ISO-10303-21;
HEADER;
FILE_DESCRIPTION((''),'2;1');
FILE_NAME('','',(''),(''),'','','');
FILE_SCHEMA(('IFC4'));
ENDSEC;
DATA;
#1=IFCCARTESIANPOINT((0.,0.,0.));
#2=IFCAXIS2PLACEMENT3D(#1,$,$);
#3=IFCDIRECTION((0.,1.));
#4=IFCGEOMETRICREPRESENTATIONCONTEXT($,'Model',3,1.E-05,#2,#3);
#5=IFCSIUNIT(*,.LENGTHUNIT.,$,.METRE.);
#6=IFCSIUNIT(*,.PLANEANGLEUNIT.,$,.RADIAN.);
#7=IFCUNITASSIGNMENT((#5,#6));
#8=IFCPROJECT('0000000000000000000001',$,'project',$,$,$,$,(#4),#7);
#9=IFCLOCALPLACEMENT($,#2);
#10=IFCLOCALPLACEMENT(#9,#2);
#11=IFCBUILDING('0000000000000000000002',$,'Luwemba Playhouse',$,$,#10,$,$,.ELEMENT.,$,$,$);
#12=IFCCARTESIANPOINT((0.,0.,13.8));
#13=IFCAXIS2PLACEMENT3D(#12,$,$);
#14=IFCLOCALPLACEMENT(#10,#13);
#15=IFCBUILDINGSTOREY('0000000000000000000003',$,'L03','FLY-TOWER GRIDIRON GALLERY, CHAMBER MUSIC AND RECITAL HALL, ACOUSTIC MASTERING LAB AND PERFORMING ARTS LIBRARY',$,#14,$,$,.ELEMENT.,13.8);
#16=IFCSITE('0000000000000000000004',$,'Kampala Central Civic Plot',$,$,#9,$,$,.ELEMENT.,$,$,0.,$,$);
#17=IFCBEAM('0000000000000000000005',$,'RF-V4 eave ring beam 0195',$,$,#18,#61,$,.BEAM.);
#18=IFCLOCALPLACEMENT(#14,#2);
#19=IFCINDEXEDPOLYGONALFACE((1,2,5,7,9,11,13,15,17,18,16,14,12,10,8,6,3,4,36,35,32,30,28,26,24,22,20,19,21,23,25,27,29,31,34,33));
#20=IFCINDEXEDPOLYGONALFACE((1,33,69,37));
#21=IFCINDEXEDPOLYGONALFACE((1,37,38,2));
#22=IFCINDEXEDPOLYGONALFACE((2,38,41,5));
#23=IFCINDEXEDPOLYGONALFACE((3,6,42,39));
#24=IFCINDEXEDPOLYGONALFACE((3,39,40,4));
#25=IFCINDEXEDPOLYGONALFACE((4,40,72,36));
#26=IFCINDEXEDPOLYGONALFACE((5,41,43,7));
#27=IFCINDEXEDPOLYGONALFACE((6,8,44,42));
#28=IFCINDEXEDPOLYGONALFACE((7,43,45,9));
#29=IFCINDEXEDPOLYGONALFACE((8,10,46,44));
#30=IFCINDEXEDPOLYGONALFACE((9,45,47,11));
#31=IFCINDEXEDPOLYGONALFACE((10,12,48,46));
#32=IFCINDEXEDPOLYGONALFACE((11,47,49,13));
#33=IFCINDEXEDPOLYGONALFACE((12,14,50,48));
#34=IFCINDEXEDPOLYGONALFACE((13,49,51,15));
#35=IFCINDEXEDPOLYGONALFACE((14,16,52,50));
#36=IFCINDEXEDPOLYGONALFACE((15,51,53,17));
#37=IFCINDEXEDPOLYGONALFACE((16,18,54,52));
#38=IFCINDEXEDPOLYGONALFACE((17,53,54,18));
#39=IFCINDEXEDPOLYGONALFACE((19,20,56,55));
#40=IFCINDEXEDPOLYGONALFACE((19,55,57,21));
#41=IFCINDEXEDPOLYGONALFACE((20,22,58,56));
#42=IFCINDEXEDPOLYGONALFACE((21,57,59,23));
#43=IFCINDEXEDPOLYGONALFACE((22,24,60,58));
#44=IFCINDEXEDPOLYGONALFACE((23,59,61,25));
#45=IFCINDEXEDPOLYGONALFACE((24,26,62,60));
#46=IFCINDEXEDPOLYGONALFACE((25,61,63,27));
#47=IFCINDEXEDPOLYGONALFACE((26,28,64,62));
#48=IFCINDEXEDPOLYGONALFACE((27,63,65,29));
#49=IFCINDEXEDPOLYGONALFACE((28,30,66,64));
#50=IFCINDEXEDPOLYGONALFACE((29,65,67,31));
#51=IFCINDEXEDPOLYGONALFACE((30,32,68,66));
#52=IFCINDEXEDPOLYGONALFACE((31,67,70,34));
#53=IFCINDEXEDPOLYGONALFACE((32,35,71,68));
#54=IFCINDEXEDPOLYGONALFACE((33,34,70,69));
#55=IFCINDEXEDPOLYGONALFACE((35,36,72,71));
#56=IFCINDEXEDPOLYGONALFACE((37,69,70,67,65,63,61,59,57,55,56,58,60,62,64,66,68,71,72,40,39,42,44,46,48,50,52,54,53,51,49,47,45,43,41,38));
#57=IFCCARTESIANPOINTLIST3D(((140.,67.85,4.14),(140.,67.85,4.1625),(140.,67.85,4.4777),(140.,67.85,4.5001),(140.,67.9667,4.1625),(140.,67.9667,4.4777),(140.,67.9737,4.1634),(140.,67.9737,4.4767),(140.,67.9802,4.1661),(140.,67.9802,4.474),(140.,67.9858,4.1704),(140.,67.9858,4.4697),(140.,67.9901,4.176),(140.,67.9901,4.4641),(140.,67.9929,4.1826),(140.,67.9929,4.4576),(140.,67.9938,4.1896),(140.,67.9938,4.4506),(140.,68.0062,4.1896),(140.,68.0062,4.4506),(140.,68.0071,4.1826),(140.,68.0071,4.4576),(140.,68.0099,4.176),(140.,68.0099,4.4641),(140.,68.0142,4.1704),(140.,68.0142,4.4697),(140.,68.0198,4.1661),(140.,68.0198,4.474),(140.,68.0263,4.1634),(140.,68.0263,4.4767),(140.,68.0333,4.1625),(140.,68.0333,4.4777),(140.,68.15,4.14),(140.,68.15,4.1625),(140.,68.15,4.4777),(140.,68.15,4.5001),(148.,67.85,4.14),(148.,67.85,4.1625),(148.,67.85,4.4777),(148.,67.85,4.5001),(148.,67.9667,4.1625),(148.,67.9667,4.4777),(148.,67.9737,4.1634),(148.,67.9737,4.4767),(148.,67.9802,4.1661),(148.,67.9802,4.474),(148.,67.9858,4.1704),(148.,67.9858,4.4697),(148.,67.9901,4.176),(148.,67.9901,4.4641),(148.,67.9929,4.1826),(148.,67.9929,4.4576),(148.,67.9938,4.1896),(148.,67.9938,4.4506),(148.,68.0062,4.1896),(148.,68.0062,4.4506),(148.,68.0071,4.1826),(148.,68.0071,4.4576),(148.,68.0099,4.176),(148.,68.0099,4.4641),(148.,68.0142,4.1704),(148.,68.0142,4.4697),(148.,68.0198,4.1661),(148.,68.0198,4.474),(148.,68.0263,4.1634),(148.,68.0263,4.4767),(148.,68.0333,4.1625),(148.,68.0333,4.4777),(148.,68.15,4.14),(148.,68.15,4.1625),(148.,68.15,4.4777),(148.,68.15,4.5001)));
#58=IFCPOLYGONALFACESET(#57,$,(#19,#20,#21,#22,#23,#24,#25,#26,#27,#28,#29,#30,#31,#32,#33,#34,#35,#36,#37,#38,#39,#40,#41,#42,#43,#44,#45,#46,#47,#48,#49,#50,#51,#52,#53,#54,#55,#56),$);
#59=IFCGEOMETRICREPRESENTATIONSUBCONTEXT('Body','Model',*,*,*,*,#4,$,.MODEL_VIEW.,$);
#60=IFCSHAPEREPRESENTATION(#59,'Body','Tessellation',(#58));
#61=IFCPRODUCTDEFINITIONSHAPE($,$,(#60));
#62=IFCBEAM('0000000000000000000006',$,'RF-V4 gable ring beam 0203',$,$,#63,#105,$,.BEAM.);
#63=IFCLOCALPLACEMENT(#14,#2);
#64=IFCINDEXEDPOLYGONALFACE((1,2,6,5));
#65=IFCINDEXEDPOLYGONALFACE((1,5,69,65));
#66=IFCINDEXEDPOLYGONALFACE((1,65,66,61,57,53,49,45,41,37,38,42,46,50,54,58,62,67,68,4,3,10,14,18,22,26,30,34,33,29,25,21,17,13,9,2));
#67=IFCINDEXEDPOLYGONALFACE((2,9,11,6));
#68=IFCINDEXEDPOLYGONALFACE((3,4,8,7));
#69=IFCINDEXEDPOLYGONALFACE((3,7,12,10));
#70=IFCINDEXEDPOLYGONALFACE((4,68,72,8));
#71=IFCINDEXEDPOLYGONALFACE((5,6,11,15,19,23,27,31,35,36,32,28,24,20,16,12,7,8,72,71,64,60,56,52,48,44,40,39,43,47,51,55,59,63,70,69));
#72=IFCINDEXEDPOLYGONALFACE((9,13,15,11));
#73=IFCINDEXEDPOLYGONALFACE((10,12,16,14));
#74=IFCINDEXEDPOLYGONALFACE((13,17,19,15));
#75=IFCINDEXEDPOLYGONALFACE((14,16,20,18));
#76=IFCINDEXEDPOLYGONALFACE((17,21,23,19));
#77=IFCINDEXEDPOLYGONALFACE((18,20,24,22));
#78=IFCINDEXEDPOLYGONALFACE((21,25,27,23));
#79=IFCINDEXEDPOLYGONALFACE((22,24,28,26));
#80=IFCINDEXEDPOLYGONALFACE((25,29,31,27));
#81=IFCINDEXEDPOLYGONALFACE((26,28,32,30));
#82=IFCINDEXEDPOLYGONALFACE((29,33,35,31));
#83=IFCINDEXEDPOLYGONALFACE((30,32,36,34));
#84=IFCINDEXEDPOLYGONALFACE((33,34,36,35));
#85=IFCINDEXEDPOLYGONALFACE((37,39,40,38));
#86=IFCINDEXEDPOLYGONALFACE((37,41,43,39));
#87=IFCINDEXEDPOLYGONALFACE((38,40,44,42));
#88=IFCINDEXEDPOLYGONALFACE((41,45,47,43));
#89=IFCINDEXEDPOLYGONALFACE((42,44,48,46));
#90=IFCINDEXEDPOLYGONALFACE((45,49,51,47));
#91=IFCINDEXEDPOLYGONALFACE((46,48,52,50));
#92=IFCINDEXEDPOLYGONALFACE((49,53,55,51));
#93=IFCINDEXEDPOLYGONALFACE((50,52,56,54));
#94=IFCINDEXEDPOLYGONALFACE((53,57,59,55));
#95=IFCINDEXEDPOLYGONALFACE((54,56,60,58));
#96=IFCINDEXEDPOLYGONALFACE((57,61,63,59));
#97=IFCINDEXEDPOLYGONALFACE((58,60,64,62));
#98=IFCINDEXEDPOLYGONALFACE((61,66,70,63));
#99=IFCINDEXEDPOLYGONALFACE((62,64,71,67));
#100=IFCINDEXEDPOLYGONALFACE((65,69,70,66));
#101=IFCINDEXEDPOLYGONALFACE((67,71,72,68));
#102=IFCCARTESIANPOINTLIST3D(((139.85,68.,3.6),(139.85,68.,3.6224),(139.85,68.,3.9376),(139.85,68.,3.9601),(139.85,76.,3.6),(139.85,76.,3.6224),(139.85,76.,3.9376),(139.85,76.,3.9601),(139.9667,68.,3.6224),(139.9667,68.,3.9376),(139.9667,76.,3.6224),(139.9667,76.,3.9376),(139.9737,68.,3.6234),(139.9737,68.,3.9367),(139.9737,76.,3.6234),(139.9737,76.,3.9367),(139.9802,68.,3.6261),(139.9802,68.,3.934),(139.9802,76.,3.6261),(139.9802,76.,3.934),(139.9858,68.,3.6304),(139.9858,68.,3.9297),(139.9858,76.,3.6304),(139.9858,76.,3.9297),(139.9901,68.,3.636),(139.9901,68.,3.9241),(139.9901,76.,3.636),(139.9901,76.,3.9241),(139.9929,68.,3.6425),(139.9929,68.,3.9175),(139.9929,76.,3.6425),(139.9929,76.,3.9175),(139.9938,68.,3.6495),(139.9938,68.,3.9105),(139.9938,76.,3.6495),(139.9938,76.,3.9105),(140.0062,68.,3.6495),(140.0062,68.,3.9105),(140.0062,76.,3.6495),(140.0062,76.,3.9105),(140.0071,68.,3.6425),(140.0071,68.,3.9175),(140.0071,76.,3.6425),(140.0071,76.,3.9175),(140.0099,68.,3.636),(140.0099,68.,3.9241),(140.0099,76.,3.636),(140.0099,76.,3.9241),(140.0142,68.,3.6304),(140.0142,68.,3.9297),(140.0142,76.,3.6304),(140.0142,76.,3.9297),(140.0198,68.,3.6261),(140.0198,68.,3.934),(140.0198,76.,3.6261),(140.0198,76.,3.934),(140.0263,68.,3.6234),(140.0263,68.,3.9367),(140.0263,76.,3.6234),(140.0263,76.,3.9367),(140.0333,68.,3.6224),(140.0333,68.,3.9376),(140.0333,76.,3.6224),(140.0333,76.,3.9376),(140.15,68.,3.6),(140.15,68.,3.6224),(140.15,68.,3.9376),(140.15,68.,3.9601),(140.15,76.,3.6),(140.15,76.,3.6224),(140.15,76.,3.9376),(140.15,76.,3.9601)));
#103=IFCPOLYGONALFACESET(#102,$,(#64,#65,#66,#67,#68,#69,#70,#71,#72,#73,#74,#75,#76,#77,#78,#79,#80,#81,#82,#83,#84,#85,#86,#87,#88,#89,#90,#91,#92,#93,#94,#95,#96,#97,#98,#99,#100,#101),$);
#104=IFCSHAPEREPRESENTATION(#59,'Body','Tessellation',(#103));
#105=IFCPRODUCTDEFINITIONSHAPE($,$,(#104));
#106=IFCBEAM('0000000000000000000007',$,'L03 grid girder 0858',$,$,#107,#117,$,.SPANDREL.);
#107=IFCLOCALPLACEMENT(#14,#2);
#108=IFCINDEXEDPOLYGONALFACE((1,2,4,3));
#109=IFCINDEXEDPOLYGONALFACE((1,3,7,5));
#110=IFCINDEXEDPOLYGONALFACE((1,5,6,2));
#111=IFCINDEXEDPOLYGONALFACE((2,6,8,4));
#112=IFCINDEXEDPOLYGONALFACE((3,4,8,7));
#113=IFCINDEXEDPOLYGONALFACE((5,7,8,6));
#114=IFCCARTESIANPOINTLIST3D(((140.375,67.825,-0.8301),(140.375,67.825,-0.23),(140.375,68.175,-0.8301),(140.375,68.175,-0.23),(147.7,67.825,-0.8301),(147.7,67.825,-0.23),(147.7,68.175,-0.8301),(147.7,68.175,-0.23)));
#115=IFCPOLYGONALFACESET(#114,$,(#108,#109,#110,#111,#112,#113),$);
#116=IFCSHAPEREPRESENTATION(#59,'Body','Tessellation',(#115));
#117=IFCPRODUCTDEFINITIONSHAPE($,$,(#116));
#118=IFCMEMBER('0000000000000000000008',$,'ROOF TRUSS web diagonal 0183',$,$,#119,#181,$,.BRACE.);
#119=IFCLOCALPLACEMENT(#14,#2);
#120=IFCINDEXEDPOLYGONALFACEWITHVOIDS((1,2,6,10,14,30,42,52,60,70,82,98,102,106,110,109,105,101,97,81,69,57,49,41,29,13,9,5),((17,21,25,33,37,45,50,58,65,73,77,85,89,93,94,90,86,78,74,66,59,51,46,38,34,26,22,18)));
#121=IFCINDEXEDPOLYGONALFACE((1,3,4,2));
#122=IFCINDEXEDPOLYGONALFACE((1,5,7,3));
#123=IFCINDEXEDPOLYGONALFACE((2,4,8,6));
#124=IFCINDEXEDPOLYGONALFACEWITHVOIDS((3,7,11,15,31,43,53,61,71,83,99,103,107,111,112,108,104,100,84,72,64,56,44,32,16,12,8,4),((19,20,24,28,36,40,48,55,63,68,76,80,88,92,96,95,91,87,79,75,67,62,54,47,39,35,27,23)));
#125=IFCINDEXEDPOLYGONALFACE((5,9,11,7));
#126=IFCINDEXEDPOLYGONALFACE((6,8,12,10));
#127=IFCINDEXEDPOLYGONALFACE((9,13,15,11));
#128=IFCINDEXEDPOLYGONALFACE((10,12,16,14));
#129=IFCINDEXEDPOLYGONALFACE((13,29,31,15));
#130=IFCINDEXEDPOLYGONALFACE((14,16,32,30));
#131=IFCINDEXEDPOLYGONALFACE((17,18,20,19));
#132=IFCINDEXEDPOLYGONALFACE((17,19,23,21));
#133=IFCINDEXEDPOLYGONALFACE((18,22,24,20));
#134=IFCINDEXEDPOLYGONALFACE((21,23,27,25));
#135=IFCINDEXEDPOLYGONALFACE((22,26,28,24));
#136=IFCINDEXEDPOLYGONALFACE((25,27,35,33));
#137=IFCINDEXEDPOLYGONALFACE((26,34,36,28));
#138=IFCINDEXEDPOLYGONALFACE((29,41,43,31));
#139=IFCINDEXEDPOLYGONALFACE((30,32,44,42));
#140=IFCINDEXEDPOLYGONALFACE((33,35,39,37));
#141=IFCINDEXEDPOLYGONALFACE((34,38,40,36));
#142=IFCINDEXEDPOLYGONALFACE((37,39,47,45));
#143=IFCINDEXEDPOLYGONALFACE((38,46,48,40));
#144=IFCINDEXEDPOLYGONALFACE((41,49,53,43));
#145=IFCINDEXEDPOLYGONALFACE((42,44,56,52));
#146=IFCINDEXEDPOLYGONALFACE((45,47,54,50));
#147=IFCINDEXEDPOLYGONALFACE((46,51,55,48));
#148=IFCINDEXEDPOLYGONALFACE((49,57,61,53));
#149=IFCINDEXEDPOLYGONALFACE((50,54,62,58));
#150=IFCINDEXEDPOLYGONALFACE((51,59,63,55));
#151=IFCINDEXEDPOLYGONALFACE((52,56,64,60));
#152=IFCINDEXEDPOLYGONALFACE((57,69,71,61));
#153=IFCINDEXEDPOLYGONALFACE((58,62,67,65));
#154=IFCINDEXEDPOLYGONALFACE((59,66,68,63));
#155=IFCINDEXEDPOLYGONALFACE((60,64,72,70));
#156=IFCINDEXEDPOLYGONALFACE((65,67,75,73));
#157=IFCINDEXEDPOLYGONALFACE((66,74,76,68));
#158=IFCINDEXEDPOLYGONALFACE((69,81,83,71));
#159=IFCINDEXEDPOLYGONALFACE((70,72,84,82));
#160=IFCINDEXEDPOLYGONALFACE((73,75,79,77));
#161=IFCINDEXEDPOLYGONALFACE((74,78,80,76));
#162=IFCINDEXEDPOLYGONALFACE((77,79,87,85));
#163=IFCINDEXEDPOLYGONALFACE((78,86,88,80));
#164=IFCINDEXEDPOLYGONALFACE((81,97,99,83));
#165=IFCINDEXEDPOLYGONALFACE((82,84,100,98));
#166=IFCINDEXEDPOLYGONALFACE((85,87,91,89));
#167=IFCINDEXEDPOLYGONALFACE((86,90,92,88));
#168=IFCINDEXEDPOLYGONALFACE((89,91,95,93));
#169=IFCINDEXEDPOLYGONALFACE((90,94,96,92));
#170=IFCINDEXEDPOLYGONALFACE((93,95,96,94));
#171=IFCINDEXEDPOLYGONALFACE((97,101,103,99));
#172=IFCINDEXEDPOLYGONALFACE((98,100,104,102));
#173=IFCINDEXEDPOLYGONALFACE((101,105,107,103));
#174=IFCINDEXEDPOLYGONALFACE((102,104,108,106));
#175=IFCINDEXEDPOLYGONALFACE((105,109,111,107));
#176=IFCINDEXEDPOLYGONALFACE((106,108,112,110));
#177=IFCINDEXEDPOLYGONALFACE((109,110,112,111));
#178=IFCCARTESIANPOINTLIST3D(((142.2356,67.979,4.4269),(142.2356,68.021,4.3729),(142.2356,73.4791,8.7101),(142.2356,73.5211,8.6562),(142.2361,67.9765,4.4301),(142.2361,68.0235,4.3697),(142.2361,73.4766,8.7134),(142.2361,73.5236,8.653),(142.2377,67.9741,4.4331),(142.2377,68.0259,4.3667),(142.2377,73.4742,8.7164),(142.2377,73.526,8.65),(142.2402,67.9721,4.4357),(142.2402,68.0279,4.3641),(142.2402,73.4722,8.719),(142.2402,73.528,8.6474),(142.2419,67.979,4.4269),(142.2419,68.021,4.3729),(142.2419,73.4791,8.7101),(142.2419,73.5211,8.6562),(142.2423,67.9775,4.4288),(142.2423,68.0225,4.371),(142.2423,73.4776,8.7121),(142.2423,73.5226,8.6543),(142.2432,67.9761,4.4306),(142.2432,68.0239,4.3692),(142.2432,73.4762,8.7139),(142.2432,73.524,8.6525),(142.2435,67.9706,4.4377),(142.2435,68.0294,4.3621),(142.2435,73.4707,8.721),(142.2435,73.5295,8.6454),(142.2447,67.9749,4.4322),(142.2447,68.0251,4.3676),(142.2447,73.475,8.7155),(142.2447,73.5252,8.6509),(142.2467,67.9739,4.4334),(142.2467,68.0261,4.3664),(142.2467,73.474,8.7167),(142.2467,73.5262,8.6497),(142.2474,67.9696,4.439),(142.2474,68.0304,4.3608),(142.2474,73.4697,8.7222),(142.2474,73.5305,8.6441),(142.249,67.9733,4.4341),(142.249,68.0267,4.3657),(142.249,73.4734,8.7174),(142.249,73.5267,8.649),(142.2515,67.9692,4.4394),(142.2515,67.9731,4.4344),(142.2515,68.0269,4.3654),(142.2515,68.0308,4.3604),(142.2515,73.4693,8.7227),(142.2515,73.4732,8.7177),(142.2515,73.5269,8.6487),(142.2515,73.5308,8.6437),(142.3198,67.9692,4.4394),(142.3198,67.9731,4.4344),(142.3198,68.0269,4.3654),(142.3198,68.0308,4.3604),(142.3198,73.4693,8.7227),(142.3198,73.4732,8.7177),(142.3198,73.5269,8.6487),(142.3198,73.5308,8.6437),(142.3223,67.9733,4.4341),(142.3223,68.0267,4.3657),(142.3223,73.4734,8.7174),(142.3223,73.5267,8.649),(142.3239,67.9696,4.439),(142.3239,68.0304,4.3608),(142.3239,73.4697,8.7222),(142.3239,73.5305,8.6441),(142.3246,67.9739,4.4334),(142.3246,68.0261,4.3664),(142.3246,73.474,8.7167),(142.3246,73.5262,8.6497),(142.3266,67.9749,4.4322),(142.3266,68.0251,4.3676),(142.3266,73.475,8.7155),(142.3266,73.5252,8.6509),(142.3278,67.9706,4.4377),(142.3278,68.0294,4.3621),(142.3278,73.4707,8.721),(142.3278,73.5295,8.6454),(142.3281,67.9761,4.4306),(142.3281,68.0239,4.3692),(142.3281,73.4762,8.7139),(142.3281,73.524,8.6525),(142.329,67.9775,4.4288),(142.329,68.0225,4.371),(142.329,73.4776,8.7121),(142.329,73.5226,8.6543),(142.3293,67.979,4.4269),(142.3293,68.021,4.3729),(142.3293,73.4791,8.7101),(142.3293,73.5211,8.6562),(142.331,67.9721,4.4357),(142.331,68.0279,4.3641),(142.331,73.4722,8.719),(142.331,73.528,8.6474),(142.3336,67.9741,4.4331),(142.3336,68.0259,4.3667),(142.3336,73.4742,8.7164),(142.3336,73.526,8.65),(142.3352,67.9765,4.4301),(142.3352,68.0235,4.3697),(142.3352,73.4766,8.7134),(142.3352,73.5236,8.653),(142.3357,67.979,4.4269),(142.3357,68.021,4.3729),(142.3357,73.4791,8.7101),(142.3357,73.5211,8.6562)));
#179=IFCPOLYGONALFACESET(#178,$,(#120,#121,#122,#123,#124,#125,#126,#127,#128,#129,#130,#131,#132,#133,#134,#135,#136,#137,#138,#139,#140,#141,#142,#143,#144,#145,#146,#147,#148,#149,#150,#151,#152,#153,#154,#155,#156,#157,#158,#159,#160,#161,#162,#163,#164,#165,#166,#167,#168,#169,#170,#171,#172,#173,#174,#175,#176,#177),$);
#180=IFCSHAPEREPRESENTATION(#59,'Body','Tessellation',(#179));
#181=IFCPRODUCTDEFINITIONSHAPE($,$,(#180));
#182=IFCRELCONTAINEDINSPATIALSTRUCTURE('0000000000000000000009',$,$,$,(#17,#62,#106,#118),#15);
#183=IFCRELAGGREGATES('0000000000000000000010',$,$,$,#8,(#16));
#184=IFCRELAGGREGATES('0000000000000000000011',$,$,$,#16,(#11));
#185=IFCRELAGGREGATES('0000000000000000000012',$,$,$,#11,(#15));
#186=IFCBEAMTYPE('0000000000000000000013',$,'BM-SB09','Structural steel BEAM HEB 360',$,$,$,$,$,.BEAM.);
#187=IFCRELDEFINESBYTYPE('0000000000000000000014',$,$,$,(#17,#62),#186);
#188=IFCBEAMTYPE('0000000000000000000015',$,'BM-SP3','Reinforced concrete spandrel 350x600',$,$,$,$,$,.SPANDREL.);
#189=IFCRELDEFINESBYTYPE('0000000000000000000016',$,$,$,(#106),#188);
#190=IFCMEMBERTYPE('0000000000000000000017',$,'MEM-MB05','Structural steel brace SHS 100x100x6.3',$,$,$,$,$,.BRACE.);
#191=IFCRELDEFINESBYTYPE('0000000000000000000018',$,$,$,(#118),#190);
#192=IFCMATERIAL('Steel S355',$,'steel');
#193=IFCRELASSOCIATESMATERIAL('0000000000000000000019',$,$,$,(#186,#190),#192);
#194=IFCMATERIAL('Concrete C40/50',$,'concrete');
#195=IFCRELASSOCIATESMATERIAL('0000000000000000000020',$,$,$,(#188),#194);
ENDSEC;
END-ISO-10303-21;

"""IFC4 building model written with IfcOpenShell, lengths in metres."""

from ifc_helpers import new_model, si_unit, direction, frame, origin, origin_2d, place, context, subcontext, project, spatial, rectangle, hollow_rectangle, i_section, extrude, material, material_profile, profile_set, type_object, element, save


model = new_model("IFC4")

# Units and contexts
model_context = context("Model", 3, precision=1e-05, world=origin(), true_north=direction((0.0, 1.0)))
body_context = subcontext(model_context, "Body", "Model", "MODEL_VIEW")
ifc_project = project(units=[si_unit("LENGTHUNIT", "METRE"), si_unit("PLANEANGLEUNIT", "RADIAN")], contexts=[model_context])

# Site, building, storey
site_placement = place(None, origin())
site = spatial("IfcSite", under=ifc_project, at=site_placement, Name="Kampala Central Civic Plot", CompositionType="ELEMENT", RefElevation=0.0)
building_placement = place(site_placement, origin())
building = spatial("IfcBuilding", under=site, at=building_placement, Name="Luwemba Playhouse", CompositionType="ELEMENT")
storey_placement = place(building_placement, frame((0.0, 0.0, 13.8)))
storey = spatial("IfcBuildingStorey", under=building, at=storey_placement, Name="L03", Description="FLY-TOWER GRIDIRON GALLERY, CHAMBER MUSIC AND RECITAL HALL, ACOUSTIC MASTERING LAB AND PERFORMING ARTS LIBRARY", CompositionType="ELEMENT", Elevation=13.8)

# Shared definitions
ifc_material_1 = material(Name="Concrete C40/50", Category="concrete")
ifc_material_2 = material(Name="Steel S355", Category="steel")

# Beams
ifc_material_profile_1 = material_profile(ifc_material_2, i_section(OverallWidth=0.3, OverallDepth=0.3601, WebThickness=0.0125, FlangeThickness=0.0225, FilletRadius=0.0271, at=origin_2d()))
ifc_profile_set_1 = profile_set([ifc_material_profile_1], Name="Steel S355")
beam_type_1 = type_object("IfcBeamType", Name="BM-SB09", Description="Structural steel BEAM HEB 360", PredefinedType="BEAM", material=ifc_profile_set_1)
for number, where, z_axis, x_axis, name in (
    (1, (140.0, 68.0, 4.3201), (1.0, 0.0, 0.0), (0.0, 1.0, 0.0), "RF-V4 eave ring beam 0195"),
    (2, (140.0, 68.0, 3.78), (0.0, 1.0, 0.0), (-1.0, 0.0, 0.0), "RF-V4 gable ring beam 0203"),
):
    element("IfcBeam", number, at=place(storey_placement, frame(where, z_axis=z_axis, x_axis=x_axis)), inside=storey, type_object=beam_type_1, Name=name, PredefinedType="BEAM", context=body_context, shape_type="SweptSolid", body=[
        extrude(i_section(OverallWidth=0.3, OverallDepth=0.3601, WebThickness=0.0125, FlangeThickness=0.0225, FilletRadius=0.0271, at=origin_2d()), origin(), (0.0, 0.0, 1.0), 8.0),
    ])
ifc_material_profile_2 = material_profile(ifc_material_1, rectangle(XDim=0.3501, YDim=0.6001, at=origin_2d()))
ifc_profile_set_2 = profile_set([ifc_material_profile_2], Name="Concrete C40/50")
beam_type_2 = type_object("IfcBeamType", Name="BM-SP3", Description="Reinforced concrete spandrel 350x600", PredefinedType="SPANDREL", material=ifc_profile_set_2)
beam_1_placement = place(storey_placement, frame((140.375, 68.0, -0.53), z_axis=(1.0, 0.0, 0.0), x_axis=(0.0, 1.0, 0.0)))
element("IfcBeam", 3, at=beam_1_placement, inside=storey, type_object=beam_type_2, Name="L03 grid girder 0858", PredefinedType="SPANDREL", context=body_context, shape_type="SweptSolid", body=[
    extrude(rectangle(XDim=0.3501, YDim=0.6001, at=origin_2d()), origin(), (0.0, 0.0, 1.0), 7.325),
])

# Member
ifc_material_profile_3 = material_profile(ifc_material_2, hollow_rectangle(XDim=0.1001, YDim=0.1001, WallThickness=0.0063, InnerFilletRadius=0.0095, OuterFilletRadius=0.0159, at=origin_2d()))
ifc_profile_set_3 = profile_set([ifc_material_profile_3], Name="Steel S355")
member_type_1 = type_object("IfcMemberType", Name="MEM-MB05", Description="Structural steel brace SHS 100x100x6.3", PredefinedType="BRACE", material=ifc_profile_set_3)
member_1_placement = place(storey_placement, frame((142.2856, 68.0, 4.3999), z_axis=(0.0, 0.788975, 0.614425), x_axis=(-1.0, 0.0, 0.0)))
element("IfcMember", 4, at=member_1_placement, inside=storey, type_object=member_type_1, Name="ROOF TRUSS web diagonal 0183", PredefinedType="BRACE", context=body_context, shape_type="SweptSolid", body=[
    extrude(hollow_rectangle(XDim=0.1001, YDim=0.1001, WallThickness=0.0063, InnerFilletRadius=0.0095, OuterFilletRadius=0.0159, at=origin_2d()), origin(), (0.0, 0.0, 1.0), 6.9712),
])

save(model, "model.ifc")
